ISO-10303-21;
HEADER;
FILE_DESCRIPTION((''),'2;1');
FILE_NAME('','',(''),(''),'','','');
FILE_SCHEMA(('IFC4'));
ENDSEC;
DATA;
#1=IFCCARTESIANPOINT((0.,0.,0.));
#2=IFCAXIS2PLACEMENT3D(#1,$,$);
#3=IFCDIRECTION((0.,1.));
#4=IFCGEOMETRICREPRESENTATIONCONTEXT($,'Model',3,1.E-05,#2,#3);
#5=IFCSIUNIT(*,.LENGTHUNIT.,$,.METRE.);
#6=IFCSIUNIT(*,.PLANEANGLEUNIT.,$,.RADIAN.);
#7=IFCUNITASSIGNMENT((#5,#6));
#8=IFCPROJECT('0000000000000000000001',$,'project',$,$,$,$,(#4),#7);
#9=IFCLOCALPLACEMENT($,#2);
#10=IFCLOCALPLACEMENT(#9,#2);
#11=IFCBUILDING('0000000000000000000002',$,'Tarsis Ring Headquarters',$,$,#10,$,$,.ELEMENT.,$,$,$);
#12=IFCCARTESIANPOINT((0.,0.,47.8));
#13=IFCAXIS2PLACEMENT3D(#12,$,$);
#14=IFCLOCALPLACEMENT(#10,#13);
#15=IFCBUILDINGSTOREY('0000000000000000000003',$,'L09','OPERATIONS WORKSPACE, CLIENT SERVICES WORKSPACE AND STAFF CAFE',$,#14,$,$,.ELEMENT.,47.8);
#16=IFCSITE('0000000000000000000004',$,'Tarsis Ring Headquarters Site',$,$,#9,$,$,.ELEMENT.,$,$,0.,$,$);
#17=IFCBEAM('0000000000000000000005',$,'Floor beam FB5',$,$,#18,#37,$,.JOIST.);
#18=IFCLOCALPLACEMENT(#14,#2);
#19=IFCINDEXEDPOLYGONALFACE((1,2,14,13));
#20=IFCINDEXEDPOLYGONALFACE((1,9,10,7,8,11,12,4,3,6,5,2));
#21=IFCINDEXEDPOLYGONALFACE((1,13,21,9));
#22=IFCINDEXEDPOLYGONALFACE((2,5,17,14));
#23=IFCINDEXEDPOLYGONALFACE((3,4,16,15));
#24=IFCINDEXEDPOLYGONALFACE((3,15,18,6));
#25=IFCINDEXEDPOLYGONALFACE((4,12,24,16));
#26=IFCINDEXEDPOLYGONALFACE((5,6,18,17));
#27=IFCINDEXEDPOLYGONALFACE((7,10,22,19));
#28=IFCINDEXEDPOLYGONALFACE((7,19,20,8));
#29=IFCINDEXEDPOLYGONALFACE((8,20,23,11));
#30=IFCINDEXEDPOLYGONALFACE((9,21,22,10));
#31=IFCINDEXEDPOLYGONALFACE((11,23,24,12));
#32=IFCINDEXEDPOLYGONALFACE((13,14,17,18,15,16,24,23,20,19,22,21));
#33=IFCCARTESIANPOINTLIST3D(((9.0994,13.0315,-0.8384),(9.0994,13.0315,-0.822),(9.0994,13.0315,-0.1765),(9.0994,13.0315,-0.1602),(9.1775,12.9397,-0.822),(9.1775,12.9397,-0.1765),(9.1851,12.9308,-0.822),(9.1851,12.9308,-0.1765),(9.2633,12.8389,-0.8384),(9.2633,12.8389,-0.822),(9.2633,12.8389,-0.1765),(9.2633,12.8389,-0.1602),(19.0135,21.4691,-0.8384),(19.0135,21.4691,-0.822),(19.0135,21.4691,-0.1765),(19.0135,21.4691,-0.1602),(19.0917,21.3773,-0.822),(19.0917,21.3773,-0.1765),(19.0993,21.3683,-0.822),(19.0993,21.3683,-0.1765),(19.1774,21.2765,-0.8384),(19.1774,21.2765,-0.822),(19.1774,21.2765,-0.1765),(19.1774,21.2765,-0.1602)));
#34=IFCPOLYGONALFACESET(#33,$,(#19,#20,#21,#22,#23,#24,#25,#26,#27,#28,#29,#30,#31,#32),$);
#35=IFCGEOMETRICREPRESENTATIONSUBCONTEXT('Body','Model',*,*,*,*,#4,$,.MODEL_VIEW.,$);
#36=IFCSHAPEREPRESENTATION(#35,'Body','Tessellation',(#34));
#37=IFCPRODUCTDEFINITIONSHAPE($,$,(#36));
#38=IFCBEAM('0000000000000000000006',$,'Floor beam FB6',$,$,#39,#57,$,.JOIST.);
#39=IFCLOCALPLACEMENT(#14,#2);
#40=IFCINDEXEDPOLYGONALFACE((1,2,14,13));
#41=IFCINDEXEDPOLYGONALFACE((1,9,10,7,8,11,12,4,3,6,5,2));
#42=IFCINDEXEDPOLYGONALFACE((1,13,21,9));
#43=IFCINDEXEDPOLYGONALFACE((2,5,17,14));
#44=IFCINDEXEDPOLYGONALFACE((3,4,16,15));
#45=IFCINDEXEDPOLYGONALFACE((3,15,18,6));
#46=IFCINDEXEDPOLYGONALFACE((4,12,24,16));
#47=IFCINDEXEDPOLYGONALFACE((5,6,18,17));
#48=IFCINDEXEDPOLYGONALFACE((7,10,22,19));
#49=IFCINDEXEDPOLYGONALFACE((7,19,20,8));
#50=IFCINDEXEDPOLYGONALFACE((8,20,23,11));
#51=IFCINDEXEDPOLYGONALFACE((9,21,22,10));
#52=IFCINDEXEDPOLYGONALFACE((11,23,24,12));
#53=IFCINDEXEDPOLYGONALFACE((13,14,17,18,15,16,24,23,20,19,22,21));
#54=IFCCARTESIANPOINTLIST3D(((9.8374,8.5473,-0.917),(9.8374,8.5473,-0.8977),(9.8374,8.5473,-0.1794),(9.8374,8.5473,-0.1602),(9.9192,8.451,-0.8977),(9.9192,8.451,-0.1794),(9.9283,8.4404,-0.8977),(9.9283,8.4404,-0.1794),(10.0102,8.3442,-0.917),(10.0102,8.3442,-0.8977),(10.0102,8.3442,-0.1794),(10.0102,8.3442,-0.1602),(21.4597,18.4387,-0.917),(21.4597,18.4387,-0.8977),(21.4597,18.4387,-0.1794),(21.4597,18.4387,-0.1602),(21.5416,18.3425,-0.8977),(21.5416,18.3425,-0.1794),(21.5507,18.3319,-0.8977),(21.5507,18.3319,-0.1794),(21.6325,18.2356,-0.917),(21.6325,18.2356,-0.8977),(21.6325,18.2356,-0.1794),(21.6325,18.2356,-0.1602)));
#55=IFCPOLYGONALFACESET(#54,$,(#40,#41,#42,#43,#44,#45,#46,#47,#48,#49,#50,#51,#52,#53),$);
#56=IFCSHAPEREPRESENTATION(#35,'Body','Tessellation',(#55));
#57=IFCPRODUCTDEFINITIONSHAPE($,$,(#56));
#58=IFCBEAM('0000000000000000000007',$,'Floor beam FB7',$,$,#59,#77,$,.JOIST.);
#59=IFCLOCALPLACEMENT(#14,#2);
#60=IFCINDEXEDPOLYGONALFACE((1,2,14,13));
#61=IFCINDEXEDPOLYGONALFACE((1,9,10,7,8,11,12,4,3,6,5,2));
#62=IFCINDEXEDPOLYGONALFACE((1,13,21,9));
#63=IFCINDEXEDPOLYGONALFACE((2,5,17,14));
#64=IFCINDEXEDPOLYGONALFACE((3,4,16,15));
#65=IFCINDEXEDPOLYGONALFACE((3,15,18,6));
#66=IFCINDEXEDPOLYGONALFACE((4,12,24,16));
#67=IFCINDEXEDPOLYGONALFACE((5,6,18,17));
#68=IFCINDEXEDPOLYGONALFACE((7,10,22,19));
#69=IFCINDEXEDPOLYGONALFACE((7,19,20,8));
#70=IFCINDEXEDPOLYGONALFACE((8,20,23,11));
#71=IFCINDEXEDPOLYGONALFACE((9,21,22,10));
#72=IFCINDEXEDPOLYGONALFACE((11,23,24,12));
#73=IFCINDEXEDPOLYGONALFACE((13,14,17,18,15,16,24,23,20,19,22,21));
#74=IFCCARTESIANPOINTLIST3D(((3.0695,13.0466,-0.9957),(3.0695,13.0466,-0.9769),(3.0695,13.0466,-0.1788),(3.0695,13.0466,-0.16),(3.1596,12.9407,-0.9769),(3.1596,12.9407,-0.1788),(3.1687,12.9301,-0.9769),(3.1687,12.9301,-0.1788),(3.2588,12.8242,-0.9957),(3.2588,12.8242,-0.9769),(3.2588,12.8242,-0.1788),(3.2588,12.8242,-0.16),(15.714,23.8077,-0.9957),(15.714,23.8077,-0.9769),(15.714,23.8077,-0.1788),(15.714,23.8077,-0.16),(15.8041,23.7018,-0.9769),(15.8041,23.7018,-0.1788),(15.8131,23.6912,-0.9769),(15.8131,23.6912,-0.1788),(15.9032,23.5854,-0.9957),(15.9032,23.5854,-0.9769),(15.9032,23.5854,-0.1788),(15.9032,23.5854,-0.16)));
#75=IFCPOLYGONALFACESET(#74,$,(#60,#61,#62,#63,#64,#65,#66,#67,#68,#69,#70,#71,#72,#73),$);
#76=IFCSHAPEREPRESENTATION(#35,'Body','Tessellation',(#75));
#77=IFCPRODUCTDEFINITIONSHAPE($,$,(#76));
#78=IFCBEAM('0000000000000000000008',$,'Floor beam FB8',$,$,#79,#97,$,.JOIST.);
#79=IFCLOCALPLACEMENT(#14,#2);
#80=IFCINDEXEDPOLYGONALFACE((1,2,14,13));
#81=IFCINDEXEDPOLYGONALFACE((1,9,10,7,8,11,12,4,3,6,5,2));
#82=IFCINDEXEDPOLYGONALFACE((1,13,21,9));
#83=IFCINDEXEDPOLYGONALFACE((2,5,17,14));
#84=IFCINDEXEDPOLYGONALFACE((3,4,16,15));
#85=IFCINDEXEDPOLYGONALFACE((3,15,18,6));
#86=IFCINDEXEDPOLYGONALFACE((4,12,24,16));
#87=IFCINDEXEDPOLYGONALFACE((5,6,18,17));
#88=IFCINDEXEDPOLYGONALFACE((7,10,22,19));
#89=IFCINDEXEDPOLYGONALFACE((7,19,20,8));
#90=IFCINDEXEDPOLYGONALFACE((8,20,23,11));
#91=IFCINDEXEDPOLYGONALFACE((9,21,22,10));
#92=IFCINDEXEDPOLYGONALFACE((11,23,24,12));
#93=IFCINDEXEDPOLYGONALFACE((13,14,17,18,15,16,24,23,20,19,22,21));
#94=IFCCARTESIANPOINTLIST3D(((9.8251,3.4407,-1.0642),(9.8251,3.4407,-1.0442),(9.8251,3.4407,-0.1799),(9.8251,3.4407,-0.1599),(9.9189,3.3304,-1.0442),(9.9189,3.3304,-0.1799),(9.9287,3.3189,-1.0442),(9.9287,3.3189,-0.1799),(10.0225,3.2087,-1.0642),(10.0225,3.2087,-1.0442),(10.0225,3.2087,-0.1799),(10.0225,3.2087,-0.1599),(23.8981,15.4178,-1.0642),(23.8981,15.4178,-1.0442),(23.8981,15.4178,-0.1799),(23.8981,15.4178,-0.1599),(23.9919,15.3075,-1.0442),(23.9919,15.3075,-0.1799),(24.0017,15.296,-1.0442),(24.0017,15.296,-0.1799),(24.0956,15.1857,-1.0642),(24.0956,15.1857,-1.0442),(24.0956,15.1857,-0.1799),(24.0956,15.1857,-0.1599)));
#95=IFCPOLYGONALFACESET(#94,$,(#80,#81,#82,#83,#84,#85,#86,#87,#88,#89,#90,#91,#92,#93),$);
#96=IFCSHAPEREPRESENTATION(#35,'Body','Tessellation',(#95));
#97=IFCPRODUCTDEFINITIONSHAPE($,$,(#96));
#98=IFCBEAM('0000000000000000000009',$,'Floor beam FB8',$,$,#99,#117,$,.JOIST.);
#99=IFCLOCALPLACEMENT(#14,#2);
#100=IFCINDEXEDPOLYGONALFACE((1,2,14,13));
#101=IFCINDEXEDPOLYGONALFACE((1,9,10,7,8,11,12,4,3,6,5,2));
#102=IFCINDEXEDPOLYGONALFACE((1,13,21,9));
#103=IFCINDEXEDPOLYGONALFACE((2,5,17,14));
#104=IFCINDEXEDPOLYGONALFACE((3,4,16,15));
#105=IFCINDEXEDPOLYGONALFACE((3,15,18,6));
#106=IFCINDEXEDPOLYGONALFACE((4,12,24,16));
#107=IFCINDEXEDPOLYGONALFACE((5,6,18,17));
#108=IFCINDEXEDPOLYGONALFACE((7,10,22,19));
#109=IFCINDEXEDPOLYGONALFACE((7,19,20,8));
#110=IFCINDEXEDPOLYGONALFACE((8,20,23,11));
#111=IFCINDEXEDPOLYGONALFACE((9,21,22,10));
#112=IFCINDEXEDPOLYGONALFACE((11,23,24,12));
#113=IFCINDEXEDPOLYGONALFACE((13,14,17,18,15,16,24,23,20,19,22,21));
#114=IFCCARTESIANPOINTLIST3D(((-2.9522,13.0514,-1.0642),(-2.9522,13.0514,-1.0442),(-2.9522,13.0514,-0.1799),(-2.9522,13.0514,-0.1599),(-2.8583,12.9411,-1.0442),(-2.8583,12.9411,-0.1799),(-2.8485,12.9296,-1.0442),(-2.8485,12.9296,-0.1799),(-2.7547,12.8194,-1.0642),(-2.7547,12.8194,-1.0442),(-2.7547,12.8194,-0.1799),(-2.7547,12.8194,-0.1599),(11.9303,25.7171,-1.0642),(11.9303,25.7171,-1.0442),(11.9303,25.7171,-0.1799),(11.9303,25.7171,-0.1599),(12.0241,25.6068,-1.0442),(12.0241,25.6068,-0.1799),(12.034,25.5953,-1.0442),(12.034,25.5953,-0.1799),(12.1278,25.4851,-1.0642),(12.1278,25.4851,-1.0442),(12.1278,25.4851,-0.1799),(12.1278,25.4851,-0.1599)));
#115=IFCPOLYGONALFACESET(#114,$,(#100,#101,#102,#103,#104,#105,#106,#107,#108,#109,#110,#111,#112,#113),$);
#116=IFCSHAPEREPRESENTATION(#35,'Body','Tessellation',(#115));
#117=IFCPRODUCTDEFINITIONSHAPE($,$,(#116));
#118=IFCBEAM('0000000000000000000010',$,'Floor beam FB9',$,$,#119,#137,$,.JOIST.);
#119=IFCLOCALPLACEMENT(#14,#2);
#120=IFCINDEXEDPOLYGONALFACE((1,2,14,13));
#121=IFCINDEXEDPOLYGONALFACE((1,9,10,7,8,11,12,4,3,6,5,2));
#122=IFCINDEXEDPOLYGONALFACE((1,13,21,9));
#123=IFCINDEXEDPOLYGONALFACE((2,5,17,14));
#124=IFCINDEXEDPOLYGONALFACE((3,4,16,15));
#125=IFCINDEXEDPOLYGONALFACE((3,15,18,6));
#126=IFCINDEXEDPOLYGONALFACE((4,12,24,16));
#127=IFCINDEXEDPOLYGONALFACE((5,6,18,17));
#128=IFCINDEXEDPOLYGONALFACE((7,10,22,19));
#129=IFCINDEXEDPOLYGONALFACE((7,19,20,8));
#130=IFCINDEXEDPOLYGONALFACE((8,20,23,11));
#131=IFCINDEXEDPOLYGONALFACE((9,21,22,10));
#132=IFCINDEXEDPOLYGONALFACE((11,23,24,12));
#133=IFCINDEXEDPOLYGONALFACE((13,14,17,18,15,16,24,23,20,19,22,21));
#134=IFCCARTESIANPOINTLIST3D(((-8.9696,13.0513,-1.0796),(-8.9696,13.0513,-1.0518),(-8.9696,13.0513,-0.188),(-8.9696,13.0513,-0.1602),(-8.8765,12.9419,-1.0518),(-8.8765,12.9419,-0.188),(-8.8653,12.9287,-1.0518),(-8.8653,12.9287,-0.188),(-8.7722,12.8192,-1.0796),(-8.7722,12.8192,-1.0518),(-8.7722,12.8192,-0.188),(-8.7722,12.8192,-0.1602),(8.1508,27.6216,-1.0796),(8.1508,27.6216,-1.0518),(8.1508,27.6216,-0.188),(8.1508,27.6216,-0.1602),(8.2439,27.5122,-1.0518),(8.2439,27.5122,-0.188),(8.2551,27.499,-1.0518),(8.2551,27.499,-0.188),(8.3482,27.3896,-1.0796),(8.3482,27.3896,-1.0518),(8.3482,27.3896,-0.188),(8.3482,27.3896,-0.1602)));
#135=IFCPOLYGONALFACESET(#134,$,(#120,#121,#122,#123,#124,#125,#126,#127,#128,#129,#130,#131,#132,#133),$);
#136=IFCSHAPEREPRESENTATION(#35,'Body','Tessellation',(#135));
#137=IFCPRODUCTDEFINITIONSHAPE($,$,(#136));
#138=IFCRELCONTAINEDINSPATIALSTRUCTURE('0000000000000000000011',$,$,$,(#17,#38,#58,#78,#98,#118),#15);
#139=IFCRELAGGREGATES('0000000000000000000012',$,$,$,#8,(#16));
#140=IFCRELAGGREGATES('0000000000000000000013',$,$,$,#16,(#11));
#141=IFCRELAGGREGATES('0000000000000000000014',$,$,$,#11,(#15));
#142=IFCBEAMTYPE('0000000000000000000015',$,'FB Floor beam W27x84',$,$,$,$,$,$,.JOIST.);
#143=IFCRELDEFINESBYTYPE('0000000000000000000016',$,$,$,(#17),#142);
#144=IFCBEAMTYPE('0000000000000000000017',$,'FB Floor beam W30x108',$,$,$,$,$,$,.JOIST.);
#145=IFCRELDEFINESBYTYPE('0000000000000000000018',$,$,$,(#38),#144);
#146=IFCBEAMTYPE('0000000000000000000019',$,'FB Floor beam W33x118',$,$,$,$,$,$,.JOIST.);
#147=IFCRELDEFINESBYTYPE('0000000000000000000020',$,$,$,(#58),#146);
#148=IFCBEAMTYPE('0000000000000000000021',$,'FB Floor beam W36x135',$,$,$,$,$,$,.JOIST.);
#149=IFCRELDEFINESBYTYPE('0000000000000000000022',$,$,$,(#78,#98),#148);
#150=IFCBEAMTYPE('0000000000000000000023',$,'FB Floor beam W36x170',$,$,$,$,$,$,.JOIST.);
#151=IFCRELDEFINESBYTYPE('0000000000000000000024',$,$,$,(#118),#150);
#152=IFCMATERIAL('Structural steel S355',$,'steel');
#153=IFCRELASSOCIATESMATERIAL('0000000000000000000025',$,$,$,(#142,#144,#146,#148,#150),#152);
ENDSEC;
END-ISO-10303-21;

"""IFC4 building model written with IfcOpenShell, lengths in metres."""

from ifc_helpers import new_model, si_unit, direction, frame, origin, origin_2d, place, context, subcontext, project, spatial, i_section, extrude, material, material_profile, profile_set, type_object, element, save


model = new_model("IFC4")

# Units and contexts
model_context = context("Model", 3, precision=1e-05, world=origin(), true_north=direction((0.0, 1.0)))
body_context = subcontext(model_context, "Body", "Model", "MODEL_VIEW")
ifc_project = project(units=[si_unit("LENGTHUNIT", "METRE"), si_unit("PLANEANGLEUNIT", "RADIAN")], contexts=[model_context])

# Site, building, storey
site_placement = place(None, origin())
site = spatial("IfcSite", under=ifc_project, at=site_placement, Name="Tarsis Ring Headquarters Site", CompositionType="ELEMENT", RefElevation=0.0)
building_placement = place(site_placement, origin())
building = spatial("IfcBuilding", under=site, at=building_placement, Name="Tarsis Ring Headquarters", CompositionType="ELEMENT")
storey_placement = place(building_placement, frame((0.0, 0.0, 47.8)))
storey = spatial("IfcBuildingStorey", under=building, at=storey_placement, Name="L09", Description="OPERATIONS WORKSPACE, CLIENT SERVICES WORKSPACE AND STAFF CAFE", CompositionType="ELEMENT", Elevation=47.8)

# Beams
ifc_material_1 = material(Name="Structural steel S355", Category="steel")
ifc_material_profile_1 = material_profile(ifc_material_1, i_section(OverallWidth=0.2529, OverallDepth=0.6782, WebThickness=0.0117, FlangeThickness=0.0164, at=origin_2d()), Name="W27x84")
ifc_profile_set_1 = profile_set([ifc_material_profile_1], Name="Structural steel S355")
beam_type_1 = type_object("IfcBeamType", Name="FB Floor beam W27x84", PredefinedType="JOIST", material=ifc_profile_set_1)
beam_1_placement = place(storey_placement, frame((19.0955, 21.3728, -0.4993), z_axis=(-0.761539, -0.648119, 0.0), x_axis=(0.648119, -0.761539, 0.0)))
element("IfcBeam", 1, at=beam_1_placement, inside=storey, type_object=beam_type_1, Name="Floor beam FB5", PredefinedType="JOIST", context=body_context, shape_type="SweptSolid", body=[
    extrude(i_section(OverallWidth=0.2529, OverallDepth=0.6782, WebThickness=0.0117, FlangeThickness=0.0164, at=origin_2d()), origin(), (0.0, 0.0, 1.0), 13.0186),
])
ifc_material_profile_2 = material_profile(ifc_material_1, i_section(OverallWidth=0.2666, OverallDepth=0.7568, WebThickness=0.0139, FlangeThickness=0.0193, at=origin_2d()), Name="W30x108")
ifc_profile_set_2 = profile_set([ifc_material_profile_2], Name="Structural steel S355")
beam_type_2 = type_object("IfcBeamType", Name="FB Floor beam W30x108", PredefinedType="JOIST", material=ifc_profile_set_2)
beam_2_placement = place(storey_placement, frame((21.5461, 18.3372, -0.5386), z_axis=(-0.761539, -0.64812, 0.0), x_axis=(0.64812, -0.761539, 0.0)))
element("IfcBeam", 2, at=beam_2_placement, inside=storey, type_object=beam_type_2, Name="Floor beam FB6", PredefinedType="JOIST", context=body_context, shape_type="SweptSolid", body=[
    extrude(i_section(OverallWidth=0.2666, OverallDepth=0.7568, WebThickness=0.0139, FlangeThickness=0.0193, at=origin_2d()), origin(), (0.0, 0.0, 1.0), 15.2617),
])
ifc_material_profile_3 = material_profile(ifc_material_1, i_section(OverallWidth=0.292, OverallDepth=0.8357, WebThickness=0.0139, FlangeThickness=0.0188, at=origin_2d()), Name="W33x118")
ifc_profile_set_3 = profile_set([ifc_material_profile_3], Name="Structural steel S355")
beam_type_3 = type_object("IfcBeamType", Name="FB Floor beam W33x118", PredefinedType="JOIST", material=ifc_profile_set_3)
beam_3_placement = place(storey_placement, frame((15.8086, 23.6965, -0.5779), z_axis=(-0.761542, -0.648116, 0.0), x_axis=(0.648116, -0.761542, 0.0)))
element("IfcBeam", 3, at=beam_3_placement, inside=storey, type_object=beam_type_3, Name="Floor beam FB7", PredefinedType="JOIST", context=body_context, shape_type="SweptSolid", body=[
    extrude(i_section(OverallWidth=0.292, OverallDepth=0.8357, WebThickness=0.0139, FlangeThickness=0.0188, at=origin_2d()), origin(), (0.0, 0.0, 1.0), 16.6038),
])
ifc_material_profile_4 = material_profile(ifc_material_1, i_section(OverallWidth=0.3047, OverallDepth=0.9043, WebThickness=0.0151, FlangeThickness=0.02, at=origin_2d()), Name="W36x135")
ifc_profile_set_4 = profile_set([ifc_material_profile_4], Name="Structural steel S355")
beam_type_4 = type_object("IfcBeamType", Name="FB Floor beam W36x135", PredefinedType="JOIST", material=ifc_profile_set_4)
beam_4_placement = place(storey_placement, frame((23.9968, 15.3018, -0.6121), z_axis=(-0.761539, -0.64812, 0.0), x_axis=(0.64812, -0.761539, 0.0)))
element("IfcBeam", 4, at=beam_4_placement, inside=storey, type_object=beam_type_4, Name="Floor beam FB8", PredefinedType="JOIST", context=body_context, shape_type="SweptSolid", body=[
    extrude(i_section(OverallWidth=0.3047, OverallDepth=0.9043, WebThickness=0.0151, FlangeThickness=0.02, at=origin_2d()), origin(), (0.0, 0.0, 1.0), 18.4797),
])
beam_5_placement = place(storey_placement, frame((12.0291, 25.6011, -0.6121), z_axis=(-0.761546, -0.648111, 0.0), x_axis=(0.648111, -0.761546, 0.0)))
element("IfcBeam", 5, at=beam_5_placement, inside=storey, type_object=beam_type_4, Name="Floor beam FB8", PredefinedType="JOIST", context=body_context, shape_type="SweptSolid", body=[
    extrude(i_section(OverallWidth=0.3047, OverallDepth=0.9043, WebThickness=0.0151, FlangeThickness=0.02, at=origin_2d()), origin(), (0.0, 0.0, 1.0), 19.5425),
])
ifc_material_profile_5 = material_profile(ifc_material_1, i_section(OverallWidth=0.3047, OverallDepth=0.9194, WebThickness=0.0173, FlangeThickness=0.0278, at=origin_2d()), Name="W36x170")
ifc_profile_set_5 = profile_set([ifc_material_profile_5], Name="Structural steel S355")
beam_type_5 = type_object("IfcBeamType", Name="FB Floor beam W36x170", PredefinedType="JOIST", material=ifc_profile_set_5)
beam_6_placement = place(storey_placement, frame((8.2495, 27.5056, -0.6199), z_axis=(-0.761544, -0.648113, 0.0), x_axis=(0.648113, -0.761544, 0.0)))
element("IfcBeam", 6, at=beam_6_placement, inside=storey, type_object=beam_type_5, Name="Floor beam FB9", PredefinedType="JOIST", context=body_context, shape_type="SweptSolid", body=[
    extrude(i_section(OverallWidth=0.3047, OverallDepth=0.9194, WebThickness=0.0173, FlangeThickness=0.0278, at=origin_2d()), origin(), (0.0, 0.0, 1.0), 22.4812),
])

save(model, "model.ifc")
